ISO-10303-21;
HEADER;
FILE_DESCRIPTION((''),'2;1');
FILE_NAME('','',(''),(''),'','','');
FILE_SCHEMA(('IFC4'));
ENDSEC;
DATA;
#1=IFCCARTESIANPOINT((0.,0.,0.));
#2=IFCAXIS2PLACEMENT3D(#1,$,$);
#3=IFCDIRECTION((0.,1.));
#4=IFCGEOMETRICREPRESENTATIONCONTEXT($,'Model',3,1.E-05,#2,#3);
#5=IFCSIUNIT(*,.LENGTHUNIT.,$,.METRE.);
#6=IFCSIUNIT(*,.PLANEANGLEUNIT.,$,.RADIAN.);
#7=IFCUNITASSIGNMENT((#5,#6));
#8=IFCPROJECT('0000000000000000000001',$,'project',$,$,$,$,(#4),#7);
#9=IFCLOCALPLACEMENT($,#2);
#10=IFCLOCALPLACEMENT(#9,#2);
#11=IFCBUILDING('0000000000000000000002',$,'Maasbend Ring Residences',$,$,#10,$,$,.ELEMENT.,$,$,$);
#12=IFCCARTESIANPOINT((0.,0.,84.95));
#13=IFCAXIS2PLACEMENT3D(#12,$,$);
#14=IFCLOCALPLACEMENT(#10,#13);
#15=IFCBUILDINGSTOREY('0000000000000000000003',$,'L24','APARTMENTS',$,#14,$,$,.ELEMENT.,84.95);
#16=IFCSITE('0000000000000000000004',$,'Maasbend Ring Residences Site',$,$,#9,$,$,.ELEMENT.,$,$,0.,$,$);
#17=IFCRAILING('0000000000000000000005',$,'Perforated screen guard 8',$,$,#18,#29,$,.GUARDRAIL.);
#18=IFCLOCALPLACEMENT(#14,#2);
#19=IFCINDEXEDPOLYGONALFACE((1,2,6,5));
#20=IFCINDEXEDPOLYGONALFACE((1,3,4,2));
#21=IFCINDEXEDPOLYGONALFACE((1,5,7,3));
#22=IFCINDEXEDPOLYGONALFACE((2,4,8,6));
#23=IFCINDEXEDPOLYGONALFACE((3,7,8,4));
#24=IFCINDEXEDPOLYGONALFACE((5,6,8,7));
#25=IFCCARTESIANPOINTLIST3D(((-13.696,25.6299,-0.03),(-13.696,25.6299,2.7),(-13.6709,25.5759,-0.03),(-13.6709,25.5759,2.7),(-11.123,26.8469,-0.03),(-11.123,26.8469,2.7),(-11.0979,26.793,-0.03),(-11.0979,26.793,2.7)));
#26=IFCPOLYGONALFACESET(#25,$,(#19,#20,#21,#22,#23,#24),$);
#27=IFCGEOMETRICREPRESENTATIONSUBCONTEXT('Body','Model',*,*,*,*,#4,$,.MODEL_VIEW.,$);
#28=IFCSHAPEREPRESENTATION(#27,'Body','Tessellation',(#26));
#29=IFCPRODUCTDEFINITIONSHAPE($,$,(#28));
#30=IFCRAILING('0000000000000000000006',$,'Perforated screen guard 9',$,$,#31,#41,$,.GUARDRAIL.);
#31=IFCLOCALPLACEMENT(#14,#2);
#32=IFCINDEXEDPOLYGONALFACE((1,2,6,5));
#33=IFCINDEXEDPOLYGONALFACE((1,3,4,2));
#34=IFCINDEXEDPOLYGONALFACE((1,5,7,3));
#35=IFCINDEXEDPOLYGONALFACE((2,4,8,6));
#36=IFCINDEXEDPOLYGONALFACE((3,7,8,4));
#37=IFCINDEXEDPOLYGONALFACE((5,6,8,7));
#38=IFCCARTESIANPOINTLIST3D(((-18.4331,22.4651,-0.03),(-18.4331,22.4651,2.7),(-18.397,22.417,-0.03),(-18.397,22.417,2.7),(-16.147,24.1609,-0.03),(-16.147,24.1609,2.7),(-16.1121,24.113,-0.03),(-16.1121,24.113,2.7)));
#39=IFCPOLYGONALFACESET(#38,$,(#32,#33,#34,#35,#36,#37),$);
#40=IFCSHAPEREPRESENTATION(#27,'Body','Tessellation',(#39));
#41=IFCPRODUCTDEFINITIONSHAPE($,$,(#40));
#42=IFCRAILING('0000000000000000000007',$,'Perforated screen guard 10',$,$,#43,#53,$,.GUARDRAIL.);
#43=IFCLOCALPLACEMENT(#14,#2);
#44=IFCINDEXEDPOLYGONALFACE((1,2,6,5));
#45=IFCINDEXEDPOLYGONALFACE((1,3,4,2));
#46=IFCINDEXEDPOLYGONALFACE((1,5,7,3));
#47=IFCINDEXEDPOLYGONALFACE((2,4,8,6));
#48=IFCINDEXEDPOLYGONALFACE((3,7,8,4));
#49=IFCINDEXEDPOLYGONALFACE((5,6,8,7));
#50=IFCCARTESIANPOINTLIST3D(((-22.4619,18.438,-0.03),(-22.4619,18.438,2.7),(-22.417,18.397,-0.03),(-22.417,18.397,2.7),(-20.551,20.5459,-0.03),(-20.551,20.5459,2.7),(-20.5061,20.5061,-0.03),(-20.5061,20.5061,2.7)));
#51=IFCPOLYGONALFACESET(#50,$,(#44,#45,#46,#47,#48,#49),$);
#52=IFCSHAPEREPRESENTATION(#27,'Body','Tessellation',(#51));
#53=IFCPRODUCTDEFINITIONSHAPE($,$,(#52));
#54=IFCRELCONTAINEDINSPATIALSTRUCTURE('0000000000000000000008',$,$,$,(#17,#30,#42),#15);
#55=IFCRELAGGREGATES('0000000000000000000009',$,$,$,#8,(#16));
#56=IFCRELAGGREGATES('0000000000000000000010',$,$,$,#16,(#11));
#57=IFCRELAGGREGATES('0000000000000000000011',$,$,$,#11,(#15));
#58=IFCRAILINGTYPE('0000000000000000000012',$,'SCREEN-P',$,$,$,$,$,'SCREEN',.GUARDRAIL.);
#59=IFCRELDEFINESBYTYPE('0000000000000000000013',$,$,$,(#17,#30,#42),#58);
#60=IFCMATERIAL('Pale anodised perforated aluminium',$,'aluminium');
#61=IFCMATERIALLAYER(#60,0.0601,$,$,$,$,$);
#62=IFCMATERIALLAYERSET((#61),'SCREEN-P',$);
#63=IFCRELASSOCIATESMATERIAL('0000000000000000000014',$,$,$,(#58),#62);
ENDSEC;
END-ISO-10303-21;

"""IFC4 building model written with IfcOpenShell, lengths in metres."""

from ifc_helpers import new_model, si_unit, direction, frame, origin, place, context, subcontext, project, spatial, polyline, outline, extrude, material, layer, layer_set, type_object, element, save


model = new_model("IFC4")

# Units and contexts
model_context = context("Model", 3, precision=1e-05, world=origin(), true_north=direction((0.0, 1.0)))
body_context = subcontext(model_context, "Body", "Model", "MODEL_VIEW")
ifc_project = project(units=[si_unit("LENGTHUNIT", "METRE"), si_unit("PLANEANGLEUNIT", "RADIAN")], contexts=[model_context])

# Site, building, storey
site_placement = place(None, origin())
site = spatial("IfcSite", under=ifc_project, at=site_placement, Name="Maasbend Ring Residences Site", CompositionType="ELEMENT", RefElevation=0.0)
building_placement = place(site_placement, origin())
building = spatial("IfcBuilding", under=site, at=building_placement, Name="Maasbend Ring Residences", CompositionType="ELEMENT")
storey_placement = place(building_placement, frame((0.0, 0.0, 84.95)))
storey = spatial("IfcBuildingStorey", under=building, at=storey_placement, Name="L24", Description="APARTMENTS", CompositionType="ELEMENT", Elevation=84.95)

# Railings
ifc_material_1 = material(Name="Pale anodised perforated aluminium", Category="aluminium")
ifc_layer_1 = layer(ifc_material_1, 0.0601)
ifc_layer_set_1 = layer_set([ifc_layer_1], Name="SCREEN-P")
railing_type = type_object("IfcRailingType", Name="SCREEN-P", ElementType="SCREEN", PredefinedType="GUARDRAIL", material=ifc_layer_set_1)
railing_1_placement = place(storey_placement, frame((0.0, 0.0, -0.03)))
element("IfcRailing", 1, at=railing_1_placement, inside=storey, type_object=railing_type, Name="Perforated screen guard 8", PredefinedType="GUARDRAIL", context=body_context, shape_type="SweptSolid", body=[
    extrude(outline(polyline([(-11.0979, 26.793), (-13.6709, 25.5759), (-13.696, 25.6299), (-11.123, 26.8469), (-11.0979, 26.793)])), origin(), (0.0, 0.0, 1.0), 2.73),
])
railing_2_placement = place(storey_placement, frame((0.0, 0.0, -0.03)))
element("IfcRailing", 2, at=railing_2_placement, inside=storey, type_object=railing_type, Name="Perforated screen guard 9", PredefinedType="GUARDRAIL", context=body_context, shape_type="SweptSolid", body=[
    extrude(outline(polyline([(-16.1121, 24.113), (-18.397, 22.417), (-18.4331, 22.4651), (-16.147, 24.1609), (-16.1121, 24.113)])), origin(), (0.0, 0.0, 1.0), 2.73),
])
railing_3_placement = place(storey_placement, frame((0.0, 0.0, -0.03)))
element("IfcRailing", 3, at=railing_3_placement, inside=storey, type_object=railing_type, Name="Perforated screen guard 10", PredefinedType="GUARDRAIL", context=body_context, shape_type="SweptSolid", body=[
    extrude(outline(polyline([(-20.5061, 20.5061), (-22.417, 18.397), (-22.4619, 18.438), (-20.551, 20.5459), (-20.5061, 20.5061)])), origin(), (0.0, 0.0, 1.0), 2.73),
])

save(model, "model.ifc")
